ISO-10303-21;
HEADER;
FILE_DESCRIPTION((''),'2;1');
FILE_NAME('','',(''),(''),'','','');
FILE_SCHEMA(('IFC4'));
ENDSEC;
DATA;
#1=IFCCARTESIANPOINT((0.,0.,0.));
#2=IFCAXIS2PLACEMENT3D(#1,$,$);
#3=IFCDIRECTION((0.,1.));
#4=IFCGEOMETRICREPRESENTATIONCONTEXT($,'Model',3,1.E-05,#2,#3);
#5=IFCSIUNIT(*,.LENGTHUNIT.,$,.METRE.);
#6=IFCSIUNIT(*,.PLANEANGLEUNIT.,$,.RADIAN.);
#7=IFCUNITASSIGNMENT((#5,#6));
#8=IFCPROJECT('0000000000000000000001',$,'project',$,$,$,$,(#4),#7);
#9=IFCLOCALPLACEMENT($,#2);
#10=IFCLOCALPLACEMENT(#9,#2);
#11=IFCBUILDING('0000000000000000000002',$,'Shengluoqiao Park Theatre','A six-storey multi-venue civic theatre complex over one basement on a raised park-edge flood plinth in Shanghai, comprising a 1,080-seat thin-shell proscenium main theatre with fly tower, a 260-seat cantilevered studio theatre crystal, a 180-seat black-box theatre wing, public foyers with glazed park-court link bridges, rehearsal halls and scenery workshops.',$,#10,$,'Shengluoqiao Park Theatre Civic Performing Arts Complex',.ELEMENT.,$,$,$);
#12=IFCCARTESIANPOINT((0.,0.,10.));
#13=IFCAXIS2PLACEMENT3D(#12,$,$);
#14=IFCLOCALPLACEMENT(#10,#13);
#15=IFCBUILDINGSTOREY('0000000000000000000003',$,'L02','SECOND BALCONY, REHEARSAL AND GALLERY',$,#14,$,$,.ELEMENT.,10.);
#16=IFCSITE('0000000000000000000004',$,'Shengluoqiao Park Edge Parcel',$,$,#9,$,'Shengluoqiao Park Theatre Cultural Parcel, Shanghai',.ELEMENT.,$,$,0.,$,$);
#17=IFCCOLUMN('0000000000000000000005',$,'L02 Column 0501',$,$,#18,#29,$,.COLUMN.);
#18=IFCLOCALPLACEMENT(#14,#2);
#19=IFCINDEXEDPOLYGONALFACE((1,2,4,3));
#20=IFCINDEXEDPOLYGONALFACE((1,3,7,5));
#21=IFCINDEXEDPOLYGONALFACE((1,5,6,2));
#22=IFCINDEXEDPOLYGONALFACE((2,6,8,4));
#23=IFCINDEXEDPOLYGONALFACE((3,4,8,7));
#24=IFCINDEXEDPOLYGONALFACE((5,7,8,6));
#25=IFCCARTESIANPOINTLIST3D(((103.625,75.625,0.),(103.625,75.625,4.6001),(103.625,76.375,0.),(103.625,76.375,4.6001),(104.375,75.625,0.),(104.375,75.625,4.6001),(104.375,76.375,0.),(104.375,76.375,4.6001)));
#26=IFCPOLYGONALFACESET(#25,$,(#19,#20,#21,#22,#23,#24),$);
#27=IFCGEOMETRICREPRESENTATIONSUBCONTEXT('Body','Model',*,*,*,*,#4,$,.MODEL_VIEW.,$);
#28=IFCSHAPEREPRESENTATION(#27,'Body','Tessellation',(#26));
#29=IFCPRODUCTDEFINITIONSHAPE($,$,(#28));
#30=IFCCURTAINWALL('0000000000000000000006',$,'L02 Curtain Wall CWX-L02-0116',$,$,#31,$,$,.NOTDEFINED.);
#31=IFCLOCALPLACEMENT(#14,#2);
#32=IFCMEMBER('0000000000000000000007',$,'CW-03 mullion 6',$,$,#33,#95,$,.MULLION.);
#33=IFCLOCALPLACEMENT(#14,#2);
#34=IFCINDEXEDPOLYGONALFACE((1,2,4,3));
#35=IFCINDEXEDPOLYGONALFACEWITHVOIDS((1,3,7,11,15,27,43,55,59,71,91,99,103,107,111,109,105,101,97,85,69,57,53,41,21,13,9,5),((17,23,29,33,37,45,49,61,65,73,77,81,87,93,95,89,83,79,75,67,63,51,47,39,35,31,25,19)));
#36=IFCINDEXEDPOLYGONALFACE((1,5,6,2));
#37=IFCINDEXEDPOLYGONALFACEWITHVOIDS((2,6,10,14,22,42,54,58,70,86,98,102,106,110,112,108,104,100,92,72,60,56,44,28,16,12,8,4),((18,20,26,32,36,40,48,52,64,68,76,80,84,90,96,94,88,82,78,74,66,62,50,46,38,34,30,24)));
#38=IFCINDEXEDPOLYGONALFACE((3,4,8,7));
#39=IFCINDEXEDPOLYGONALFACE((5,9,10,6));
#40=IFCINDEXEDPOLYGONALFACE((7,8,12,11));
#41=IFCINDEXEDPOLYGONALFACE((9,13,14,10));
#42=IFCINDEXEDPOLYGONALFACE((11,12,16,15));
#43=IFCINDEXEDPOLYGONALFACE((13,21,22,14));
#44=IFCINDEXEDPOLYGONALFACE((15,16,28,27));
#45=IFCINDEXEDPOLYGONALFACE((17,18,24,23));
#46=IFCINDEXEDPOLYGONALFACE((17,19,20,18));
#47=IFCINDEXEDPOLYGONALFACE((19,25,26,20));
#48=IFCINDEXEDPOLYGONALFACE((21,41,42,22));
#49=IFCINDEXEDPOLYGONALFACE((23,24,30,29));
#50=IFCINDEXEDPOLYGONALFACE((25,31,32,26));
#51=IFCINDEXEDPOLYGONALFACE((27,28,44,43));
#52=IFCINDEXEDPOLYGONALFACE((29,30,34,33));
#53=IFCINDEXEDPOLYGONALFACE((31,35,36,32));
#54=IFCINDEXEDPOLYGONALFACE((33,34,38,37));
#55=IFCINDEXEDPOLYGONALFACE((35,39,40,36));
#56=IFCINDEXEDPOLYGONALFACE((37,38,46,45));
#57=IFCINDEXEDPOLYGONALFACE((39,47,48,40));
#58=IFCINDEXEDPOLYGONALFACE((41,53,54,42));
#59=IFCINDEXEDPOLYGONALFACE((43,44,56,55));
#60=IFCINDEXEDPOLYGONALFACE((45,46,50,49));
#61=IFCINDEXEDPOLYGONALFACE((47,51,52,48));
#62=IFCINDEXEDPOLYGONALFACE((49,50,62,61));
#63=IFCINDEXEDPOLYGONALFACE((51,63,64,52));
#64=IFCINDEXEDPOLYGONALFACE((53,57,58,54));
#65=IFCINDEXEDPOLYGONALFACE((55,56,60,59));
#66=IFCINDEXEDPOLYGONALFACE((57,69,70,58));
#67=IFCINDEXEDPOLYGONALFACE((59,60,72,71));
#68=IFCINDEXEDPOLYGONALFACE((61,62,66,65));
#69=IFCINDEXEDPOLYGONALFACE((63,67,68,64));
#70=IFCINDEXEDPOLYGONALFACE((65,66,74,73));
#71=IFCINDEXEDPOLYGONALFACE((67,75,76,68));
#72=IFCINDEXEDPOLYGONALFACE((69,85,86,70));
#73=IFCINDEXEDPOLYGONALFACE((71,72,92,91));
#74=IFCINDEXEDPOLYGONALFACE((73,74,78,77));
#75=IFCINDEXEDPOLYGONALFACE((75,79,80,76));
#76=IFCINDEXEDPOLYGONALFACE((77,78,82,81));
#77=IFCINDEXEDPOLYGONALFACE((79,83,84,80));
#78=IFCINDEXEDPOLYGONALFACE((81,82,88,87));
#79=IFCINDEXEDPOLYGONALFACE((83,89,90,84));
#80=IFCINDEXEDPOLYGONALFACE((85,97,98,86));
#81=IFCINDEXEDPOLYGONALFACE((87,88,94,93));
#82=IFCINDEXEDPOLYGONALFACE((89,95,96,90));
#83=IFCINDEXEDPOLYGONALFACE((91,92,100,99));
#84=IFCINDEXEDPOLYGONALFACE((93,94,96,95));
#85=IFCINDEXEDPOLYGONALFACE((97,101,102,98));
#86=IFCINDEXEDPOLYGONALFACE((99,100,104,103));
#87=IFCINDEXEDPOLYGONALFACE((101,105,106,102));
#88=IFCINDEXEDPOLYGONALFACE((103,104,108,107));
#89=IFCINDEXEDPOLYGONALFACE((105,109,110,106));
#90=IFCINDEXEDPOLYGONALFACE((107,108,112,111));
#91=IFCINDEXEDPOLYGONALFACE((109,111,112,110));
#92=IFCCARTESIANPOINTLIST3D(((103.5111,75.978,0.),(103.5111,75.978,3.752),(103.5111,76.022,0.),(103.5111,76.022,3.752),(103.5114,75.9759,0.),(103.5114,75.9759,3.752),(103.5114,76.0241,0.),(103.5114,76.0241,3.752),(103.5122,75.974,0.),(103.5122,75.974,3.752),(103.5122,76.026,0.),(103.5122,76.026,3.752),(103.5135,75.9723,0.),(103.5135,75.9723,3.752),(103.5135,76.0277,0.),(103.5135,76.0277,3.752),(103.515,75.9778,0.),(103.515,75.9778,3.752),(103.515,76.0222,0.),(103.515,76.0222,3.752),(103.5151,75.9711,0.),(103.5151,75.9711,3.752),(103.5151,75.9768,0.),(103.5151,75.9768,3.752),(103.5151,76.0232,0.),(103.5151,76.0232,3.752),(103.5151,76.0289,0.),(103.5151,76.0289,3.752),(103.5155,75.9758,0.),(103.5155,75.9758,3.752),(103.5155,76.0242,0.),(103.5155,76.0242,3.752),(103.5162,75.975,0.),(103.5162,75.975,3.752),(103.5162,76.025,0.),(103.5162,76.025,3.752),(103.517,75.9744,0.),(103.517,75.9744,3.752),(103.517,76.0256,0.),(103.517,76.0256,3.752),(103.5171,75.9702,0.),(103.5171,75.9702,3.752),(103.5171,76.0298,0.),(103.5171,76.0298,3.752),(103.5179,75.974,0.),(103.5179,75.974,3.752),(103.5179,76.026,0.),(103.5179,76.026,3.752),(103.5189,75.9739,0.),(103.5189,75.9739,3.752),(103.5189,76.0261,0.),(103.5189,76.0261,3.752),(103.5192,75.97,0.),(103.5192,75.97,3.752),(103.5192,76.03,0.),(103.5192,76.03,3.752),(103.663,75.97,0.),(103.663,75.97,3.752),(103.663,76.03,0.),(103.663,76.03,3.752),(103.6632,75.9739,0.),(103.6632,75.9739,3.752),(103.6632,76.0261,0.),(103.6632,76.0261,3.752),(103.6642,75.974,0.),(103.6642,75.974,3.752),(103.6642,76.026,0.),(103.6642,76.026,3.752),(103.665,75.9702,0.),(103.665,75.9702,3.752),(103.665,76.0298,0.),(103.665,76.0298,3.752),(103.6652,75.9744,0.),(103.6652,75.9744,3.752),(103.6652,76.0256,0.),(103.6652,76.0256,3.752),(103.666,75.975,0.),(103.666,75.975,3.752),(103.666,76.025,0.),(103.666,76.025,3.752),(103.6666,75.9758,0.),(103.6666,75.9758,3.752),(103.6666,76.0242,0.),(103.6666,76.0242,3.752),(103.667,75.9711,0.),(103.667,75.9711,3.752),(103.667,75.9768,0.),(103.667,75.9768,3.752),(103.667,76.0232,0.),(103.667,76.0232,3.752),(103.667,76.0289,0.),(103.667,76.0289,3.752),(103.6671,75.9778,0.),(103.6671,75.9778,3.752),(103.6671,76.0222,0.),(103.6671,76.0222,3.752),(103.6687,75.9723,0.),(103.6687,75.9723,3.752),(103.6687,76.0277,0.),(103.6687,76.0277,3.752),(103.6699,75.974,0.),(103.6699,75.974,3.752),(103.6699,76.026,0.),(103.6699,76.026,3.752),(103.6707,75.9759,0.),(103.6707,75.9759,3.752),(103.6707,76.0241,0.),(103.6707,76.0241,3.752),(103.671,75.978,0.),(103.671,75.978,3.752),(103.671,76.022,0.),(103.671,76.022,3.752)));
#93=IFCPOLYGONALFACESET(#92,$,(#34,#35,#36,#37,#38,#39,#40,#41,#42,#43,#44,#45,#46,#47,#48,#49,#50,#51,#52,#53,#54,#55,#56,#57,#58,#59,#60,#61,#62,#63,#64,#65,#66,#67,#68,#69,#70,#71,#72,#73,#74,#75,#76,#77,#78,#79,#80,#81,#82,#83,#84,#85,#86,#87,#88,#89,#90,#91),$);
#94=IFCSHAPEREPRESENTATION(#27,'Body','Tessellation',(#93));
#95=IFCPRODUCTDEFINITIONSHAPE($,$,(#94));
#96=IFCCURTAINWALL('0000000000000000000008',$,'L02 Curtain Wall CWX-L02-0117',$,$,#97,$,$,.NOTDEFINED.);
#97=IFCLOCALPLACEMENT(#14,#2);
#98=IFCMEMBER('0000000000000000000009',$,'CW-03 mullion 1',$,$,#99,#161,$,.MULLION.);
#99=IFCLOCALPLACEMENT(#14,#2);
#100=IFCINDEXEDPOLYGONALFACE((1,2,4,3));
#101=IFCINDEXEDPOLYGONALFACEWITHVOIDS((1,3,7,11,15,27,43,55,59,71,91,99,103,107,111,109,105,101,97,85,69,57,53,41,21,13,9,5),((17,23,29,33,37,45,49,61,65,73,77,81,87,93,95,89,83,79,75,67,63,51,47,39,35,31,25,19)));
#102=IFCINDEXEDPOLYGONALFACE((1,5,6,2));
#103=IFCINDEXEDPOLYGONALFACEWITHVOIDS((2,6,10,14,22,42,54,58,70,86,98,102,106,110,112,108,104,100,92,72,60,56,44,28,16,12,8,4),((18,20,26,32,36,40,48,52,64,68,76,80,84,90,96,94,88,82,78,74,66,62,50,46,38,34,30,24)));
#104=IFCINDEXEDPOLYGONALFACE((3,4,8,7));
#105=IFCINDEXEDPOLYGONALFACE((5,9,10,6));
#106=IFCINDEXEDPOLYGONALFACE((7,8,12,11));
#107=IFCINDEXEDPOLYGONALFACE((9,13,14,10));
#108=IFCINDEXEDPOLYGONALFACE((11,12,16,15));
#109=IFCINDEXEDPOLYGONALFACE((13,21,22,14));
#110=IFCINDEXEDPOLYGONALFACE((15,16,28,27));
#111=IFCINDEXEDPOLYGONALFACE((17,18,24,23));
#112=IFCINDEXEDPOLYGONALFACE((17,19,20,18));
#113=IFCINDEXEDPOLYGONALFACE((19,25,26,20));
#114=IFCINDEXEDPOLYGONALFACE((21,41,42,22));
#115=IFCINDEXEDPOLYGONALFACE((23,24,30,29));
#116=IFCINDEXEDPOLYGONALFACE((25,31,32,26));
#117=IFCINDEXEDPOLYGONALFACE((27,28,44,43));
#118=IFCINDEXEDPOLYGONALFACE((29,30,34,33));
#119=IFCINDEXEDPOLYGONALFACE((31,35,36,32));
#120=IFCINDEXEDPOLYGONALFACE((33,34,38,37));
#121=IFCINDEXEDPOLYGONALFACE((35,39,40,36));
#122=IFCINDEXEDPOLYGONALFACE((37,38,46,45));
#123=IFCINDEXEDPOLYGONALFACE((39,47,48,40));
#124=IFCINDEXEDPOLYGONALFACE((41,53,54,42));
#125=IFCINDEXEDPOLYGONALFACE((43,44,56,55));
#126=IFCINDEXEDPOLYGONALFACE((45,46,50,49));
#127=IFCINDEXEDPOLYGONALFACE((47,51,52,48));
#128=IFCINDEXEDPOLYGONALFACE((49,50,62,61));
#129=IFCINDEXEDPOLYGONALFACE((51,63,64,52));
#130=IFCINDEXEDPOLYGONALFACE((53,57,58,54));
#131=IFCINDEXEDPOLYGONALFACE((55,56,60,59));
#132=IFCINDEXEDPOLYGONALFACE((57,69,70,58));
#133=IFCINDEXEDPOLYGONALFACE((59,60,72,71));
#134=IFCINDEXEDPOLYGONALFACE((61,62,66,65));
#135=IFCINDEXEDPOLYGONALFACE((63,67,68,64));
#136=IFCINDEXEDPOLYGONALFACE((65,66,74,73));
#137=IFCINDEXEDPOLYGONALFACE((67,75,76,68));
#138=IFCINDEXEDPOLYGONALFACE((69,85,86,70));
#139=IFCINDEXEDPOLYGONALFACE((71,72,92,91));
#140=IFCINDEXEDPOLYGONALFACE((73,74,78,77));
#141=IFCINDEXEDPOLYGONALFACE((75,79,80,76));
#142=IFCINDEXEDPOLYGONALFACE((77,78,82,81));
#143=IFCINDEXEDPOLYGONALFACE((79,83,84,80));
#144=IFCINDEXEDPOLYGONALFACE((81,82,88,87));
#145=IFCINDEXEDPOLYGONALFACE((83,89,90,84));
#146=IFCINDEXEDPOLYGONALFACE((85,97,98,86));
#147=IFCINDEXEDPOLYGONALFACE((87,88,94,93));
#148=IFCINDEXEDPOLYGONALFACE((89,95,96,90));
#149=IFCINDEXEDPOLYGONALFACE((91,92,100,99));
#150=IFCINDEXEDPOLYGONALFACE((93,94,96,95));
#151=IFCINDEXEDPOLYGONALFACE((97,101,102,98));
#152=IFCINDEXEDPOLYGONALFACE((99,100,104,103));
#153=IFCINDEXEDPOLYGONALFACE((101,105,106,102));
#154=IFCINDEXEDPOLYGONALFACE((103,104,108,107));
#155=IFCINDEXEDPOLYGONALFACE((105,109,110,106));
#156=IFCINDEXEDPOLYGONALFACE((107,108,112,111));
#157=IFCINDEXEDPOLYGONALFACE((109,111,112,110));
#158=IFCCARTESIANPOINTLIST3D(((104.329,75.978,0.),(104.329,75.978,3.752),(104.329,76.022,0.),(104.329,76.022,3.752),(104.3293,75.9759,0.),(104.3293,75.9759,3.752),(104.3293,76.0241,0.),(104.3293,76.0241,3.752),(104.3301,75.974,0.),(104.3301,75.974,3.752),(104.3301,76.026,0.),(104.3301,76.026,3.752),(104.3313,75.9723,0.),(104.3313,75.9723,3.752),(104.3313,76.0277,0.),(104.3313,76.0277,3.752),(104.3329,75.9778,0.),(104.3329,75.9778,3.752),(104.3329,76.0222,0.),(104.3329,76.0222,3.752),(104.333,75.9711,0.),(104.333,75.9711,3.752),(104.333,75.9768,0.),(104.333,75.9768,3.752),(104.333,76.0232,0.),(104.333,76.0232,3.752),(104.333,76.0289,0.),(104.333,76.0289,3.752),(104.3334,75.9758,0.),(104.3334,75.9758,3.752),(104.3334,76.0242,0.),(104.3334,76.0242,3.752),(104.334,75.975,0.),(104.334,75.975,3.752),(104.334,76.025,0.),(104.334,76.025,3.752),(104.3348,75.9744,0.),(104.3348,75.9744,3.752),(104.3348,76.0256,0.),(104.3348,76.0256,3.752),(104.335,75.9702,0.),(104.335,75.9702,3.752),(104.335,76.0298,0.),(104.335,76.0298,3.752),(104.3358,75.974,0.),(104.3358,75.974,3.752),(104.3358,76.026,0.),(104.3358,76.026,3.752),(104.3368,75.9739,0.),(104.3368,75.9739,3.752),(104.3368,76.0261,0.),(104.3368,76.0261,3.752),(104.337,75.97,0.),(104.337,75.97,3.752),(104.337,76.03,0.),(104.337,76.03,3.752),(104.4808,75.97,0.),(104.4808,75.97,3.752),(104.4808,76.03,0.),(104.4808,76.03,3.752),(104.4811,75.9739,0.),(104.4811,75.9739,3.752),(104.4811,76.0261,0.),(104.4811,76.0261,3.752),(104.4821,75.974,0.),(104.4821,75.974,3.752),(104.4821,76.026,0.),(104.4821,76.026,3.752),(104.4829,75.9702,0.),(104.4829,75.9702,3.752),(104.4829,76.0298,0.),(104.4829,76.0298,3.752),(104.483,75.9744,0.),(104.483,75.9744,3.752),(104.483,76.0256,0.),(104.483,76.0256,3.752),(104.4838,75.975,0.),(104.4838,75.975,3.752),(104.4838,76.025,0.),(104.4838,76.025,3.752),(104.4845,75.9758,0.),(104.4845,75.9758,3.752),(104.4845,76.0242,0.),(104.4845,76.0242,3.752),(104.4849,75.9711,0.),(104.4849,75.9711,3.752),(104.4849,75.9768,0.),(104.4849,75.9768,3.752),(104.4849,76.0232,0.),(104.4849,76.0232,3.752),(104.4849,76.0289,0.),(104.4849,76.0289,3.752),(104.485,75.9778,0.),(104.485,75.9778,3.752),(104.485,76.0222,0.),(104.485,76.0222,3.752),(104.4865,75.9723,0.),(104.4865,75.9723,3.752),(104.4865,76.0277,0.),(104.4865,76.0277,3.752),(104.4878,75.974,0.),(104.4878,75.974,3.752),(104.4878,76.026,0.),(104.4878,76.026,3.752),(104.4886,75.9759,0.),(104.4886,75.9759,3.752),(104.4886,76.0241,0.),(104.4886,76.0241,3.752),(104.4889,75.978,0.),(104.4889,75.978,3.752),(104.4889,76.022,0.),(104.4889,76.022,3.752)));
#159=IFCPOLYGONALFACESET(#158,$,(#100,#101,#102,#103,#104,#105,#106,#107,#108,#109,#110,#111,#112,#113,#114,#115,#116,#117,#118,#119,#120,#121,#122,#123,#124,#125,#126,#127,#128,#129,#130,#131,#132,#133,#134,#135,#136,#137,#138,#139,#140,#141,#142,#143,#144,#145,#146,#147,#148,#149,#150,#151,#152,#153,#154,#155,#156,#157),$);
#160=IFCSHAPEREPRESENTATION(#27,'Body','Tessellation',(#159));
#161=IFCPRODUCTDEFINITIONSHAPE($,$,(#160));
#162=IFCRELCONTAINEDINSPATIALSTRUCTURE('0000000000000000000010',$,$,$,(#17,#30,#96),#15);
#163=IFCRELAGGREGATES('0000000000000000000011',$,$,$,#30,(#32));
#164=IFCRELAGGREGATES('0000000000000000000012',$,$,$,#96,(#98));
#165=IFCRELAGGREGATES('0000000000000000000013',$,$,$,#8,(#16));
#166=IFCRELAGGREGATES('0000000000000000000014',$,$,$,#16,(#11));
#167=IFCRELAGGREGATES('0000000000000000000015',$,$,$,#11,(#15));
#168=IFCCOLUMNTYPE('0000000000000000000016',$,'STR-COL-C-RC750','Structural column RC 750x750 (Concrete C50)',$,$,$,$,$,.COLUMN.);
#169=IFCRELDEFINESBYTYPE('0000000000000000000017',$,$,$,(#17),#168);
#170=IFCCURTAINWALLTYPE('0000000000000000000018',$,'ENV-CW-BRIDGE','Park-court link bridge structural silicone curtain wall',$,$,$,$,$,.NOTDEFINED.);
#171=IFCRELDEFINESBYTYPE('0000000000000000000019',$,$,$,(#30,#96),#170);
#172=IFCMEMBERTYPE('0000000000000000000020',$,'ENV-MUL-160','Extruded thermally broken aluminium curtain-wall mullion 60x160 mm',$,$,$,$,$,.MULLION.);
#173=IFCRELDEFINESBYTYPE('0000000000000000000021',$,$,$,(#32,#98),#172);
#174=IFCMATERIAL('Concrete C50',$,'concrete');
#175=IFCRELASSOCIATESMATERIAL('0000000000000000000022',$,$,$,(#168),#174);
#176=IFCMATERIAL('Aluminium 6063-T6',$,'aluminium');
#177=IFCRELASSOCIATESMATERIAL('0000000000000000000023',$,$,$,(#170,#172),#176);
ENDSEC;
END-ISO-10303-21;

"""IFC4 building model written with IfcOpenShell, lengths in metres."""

from ifc_helpers import new_model, si_unit, direction, frame, origin, origin_2d, place, context, subcontext, project, spatial, rectangle, hollow_rectangle, extrude, material, material_profile, profile_set, type_object, element, aggregate, save


model = new_model("IFC4")

# Units and contexts
model_context = context("Model", 3, precision=1e-05, world=origin(), true_north=direction((0.0, 1.0)))
body_context = subcontext(model_context, "Body", "Model", "MODEL_VIEW")
ifc_project = project(units=[si_unit("LENGTHUNIT", "METRE"), si_unit("PLANEANGLEUNIT", "RADIAN")], contexts=[model_context])

# Site, building, storey
site_placement = place(None, origin())
site = spatial("IfcSite", under=ifc_project, at=site_placement, Name="Shengluoqiao Park Edge Parcel", LongName="Shengluoqiao Park Theatre Cultural Parcel, Shanghai", CompositionType="ELEMENT", RefElevation=0.0)
building_placement = place(site_placement, origin())
building = spatial("IfcBuilding", under=site, at=building_placement, Name="Shengluoqiao Park Theatre", Description="A six-storey multi-venue civic theatre complex over one basement on a raised park-edge flood plinth in Shanghai, comprising a 1,080-seat thin-shell proscenium main theatre with fly tower, a 260-seat cantilevered studio theatre crystal, a 180-seat black-box theatre wing, public foyers with glazed park-court link bridges, rehearsal halls and scenery workshops.", LongName="Shengluoqiao Park Theatre Civic Performing Arts Complex", CompositionType="ELEMENT")
storey_placement = place(building_placement, frame((0.0, 0.0, 10.0)))
storey = spatial("IfcBuildingStorey", under=building, at=storey_placement, Name="L02", Description="SECOND BALCONY, REHEARSAL AND GALLERY", CompositionType="ELEMENT", Elevation=10.0)

# Column
ifc_material_1 = material(Name="Concrete C50", Category="concrete")
ifc_material_profile_1 = material_profile(ifc_material_1, rectangle(XDim=0.75, YDim=0.75, at=origin_2d()), Name="RC 750x750")
ifc_profile_set_1 = profile_set([ifc_material_profile_1], Name="Concrete C50")
column_type = type_object("IfcColumnType", Name="STR-COL-C-RC750", Description="Structural column RC 750x750 (Concrete C50)", PredefinedType="COLUMN", material=ifc_profile_set_1)
column_placement = place(storey_placement, frame((104.0, 76.0, 0.0), z_axis=(0.0, 0.0, 1.0), x_axis=(1.0, 0.0, 0.0)))
element("IfcColumn", 1, at=column_placement, inside=storey, type_object=column_type, Name="L02 Column 0501", PredefinedType="COLUMN", context=body_context, shape_type="SweptSolid", body=[
    extrude(rectangle(XDim=0.75, YDim=0.75, at=origin_2d()), origin(), (0.0, 0.0, 1.0), 4.6001),
])

# Curtain wall, member
ifc_material_2 = material(Name="Aluminium 6063-T6", Category="aluminium")
curtain_wall_type = type_object("IfcCurtainWallType", Name="ENV-CW-BRIDGE", Description="Park-court link bridge structural silicone curtain wall", PredefinedType="NOTDEFINED", material=ifc_material_2)
curtain_wall_1_placement = place(storey_placement, origin())
curtain_wall_1 = element("IfcCurtainWall", 2, at=curtain_wall_1_placement, inside=storey, type_object=curtain_wall_type, Name="L02 Curtain Wall CWX-L02-0116", PredefinedType="NOTDEFINED")
ifc_material_profile_2 = material_profile(ifc_material_2, hollow_rectangle(XDim=0.0601, YDim=0.1599, WallThickness=0.0039, InnerFilletRadius=0.0039, OuterFilletRadius=0.0081, at=origin_2d()), Name="ALU MULLION 160x60x4")
ifc_profile_set_2 = profile_set([ifc_material_profile_2], Name="Aluminium 6063-T6")
member_type_1 = type_object("IfcMemberType", Name="ENV-MUL-160", Description="Extruded thermally broken aluminium curtain-wall mullion 60x160 mm", PredefinedType="MULLION", material=ifc_profile_set_2)
member_1_placement = place(storey_placement, frame((103.5911, 76.0, 0.0), z_axis=(0.0, 0.0, 1.0), x_axis=(0.0, 1.0, 0.0)))
member_1 = element("IfcMember", 3, at=member_1_placement, type_object=member_type_1, Name="CW-03 mullion 6", PredefinedType="MULLION", context=body_context, shape_type="SweptSolid", body=[
    extrude(hollow_rectangle(XDim=0.0601, YDim=0.1599, WallThickness=0.0039, InnerFilletRadius=0.0039, OuterFilletRadius=0.0081, at=origin_2d()), origin(), (0.0, 0.0, 1.0), 3.752),
])

# Curtain wall, member
curtain_wall_2_placement = place(storey_placement, origin())
curtain_wall_2 = element("IfcCurtainWall", 4, at=curtain_wall_2_placement, inside=storey, type_object=curtain_wall_type, Name="L02 Curtain Wall CWX-L02-0117", PredefinedType="NOTDEFINED")
member_2_placement = place(storey_placement, frame((104.4089, 76.0, 0.0), z_axis=(0.0, 0.0, 1.0), x_axis=(0.0, 1.0, 0.0)))
member_2 = element("IfcMember", 5, at=member_2_placement, type_object=member_type_1, Name="CW-03 mullion 1", PredefinedType="MULLION", context=body_context, shape_type="SweptSolid", body=[
    extrude(hollow_rectangle(XDim=0.0601, YDim=0.1599, WallThickness=0.0039, InnerFilletRadius=0.0039, OuterFilletRadius=0.0081, at=origin_2d()), origin(), (0.0, 0.0, 1.0), 3.752),
])

aggregate(curtain_wall_1, [member_1])
aggregate(curtain_wall_2, [member_2])

save(model, "model.ifc")
